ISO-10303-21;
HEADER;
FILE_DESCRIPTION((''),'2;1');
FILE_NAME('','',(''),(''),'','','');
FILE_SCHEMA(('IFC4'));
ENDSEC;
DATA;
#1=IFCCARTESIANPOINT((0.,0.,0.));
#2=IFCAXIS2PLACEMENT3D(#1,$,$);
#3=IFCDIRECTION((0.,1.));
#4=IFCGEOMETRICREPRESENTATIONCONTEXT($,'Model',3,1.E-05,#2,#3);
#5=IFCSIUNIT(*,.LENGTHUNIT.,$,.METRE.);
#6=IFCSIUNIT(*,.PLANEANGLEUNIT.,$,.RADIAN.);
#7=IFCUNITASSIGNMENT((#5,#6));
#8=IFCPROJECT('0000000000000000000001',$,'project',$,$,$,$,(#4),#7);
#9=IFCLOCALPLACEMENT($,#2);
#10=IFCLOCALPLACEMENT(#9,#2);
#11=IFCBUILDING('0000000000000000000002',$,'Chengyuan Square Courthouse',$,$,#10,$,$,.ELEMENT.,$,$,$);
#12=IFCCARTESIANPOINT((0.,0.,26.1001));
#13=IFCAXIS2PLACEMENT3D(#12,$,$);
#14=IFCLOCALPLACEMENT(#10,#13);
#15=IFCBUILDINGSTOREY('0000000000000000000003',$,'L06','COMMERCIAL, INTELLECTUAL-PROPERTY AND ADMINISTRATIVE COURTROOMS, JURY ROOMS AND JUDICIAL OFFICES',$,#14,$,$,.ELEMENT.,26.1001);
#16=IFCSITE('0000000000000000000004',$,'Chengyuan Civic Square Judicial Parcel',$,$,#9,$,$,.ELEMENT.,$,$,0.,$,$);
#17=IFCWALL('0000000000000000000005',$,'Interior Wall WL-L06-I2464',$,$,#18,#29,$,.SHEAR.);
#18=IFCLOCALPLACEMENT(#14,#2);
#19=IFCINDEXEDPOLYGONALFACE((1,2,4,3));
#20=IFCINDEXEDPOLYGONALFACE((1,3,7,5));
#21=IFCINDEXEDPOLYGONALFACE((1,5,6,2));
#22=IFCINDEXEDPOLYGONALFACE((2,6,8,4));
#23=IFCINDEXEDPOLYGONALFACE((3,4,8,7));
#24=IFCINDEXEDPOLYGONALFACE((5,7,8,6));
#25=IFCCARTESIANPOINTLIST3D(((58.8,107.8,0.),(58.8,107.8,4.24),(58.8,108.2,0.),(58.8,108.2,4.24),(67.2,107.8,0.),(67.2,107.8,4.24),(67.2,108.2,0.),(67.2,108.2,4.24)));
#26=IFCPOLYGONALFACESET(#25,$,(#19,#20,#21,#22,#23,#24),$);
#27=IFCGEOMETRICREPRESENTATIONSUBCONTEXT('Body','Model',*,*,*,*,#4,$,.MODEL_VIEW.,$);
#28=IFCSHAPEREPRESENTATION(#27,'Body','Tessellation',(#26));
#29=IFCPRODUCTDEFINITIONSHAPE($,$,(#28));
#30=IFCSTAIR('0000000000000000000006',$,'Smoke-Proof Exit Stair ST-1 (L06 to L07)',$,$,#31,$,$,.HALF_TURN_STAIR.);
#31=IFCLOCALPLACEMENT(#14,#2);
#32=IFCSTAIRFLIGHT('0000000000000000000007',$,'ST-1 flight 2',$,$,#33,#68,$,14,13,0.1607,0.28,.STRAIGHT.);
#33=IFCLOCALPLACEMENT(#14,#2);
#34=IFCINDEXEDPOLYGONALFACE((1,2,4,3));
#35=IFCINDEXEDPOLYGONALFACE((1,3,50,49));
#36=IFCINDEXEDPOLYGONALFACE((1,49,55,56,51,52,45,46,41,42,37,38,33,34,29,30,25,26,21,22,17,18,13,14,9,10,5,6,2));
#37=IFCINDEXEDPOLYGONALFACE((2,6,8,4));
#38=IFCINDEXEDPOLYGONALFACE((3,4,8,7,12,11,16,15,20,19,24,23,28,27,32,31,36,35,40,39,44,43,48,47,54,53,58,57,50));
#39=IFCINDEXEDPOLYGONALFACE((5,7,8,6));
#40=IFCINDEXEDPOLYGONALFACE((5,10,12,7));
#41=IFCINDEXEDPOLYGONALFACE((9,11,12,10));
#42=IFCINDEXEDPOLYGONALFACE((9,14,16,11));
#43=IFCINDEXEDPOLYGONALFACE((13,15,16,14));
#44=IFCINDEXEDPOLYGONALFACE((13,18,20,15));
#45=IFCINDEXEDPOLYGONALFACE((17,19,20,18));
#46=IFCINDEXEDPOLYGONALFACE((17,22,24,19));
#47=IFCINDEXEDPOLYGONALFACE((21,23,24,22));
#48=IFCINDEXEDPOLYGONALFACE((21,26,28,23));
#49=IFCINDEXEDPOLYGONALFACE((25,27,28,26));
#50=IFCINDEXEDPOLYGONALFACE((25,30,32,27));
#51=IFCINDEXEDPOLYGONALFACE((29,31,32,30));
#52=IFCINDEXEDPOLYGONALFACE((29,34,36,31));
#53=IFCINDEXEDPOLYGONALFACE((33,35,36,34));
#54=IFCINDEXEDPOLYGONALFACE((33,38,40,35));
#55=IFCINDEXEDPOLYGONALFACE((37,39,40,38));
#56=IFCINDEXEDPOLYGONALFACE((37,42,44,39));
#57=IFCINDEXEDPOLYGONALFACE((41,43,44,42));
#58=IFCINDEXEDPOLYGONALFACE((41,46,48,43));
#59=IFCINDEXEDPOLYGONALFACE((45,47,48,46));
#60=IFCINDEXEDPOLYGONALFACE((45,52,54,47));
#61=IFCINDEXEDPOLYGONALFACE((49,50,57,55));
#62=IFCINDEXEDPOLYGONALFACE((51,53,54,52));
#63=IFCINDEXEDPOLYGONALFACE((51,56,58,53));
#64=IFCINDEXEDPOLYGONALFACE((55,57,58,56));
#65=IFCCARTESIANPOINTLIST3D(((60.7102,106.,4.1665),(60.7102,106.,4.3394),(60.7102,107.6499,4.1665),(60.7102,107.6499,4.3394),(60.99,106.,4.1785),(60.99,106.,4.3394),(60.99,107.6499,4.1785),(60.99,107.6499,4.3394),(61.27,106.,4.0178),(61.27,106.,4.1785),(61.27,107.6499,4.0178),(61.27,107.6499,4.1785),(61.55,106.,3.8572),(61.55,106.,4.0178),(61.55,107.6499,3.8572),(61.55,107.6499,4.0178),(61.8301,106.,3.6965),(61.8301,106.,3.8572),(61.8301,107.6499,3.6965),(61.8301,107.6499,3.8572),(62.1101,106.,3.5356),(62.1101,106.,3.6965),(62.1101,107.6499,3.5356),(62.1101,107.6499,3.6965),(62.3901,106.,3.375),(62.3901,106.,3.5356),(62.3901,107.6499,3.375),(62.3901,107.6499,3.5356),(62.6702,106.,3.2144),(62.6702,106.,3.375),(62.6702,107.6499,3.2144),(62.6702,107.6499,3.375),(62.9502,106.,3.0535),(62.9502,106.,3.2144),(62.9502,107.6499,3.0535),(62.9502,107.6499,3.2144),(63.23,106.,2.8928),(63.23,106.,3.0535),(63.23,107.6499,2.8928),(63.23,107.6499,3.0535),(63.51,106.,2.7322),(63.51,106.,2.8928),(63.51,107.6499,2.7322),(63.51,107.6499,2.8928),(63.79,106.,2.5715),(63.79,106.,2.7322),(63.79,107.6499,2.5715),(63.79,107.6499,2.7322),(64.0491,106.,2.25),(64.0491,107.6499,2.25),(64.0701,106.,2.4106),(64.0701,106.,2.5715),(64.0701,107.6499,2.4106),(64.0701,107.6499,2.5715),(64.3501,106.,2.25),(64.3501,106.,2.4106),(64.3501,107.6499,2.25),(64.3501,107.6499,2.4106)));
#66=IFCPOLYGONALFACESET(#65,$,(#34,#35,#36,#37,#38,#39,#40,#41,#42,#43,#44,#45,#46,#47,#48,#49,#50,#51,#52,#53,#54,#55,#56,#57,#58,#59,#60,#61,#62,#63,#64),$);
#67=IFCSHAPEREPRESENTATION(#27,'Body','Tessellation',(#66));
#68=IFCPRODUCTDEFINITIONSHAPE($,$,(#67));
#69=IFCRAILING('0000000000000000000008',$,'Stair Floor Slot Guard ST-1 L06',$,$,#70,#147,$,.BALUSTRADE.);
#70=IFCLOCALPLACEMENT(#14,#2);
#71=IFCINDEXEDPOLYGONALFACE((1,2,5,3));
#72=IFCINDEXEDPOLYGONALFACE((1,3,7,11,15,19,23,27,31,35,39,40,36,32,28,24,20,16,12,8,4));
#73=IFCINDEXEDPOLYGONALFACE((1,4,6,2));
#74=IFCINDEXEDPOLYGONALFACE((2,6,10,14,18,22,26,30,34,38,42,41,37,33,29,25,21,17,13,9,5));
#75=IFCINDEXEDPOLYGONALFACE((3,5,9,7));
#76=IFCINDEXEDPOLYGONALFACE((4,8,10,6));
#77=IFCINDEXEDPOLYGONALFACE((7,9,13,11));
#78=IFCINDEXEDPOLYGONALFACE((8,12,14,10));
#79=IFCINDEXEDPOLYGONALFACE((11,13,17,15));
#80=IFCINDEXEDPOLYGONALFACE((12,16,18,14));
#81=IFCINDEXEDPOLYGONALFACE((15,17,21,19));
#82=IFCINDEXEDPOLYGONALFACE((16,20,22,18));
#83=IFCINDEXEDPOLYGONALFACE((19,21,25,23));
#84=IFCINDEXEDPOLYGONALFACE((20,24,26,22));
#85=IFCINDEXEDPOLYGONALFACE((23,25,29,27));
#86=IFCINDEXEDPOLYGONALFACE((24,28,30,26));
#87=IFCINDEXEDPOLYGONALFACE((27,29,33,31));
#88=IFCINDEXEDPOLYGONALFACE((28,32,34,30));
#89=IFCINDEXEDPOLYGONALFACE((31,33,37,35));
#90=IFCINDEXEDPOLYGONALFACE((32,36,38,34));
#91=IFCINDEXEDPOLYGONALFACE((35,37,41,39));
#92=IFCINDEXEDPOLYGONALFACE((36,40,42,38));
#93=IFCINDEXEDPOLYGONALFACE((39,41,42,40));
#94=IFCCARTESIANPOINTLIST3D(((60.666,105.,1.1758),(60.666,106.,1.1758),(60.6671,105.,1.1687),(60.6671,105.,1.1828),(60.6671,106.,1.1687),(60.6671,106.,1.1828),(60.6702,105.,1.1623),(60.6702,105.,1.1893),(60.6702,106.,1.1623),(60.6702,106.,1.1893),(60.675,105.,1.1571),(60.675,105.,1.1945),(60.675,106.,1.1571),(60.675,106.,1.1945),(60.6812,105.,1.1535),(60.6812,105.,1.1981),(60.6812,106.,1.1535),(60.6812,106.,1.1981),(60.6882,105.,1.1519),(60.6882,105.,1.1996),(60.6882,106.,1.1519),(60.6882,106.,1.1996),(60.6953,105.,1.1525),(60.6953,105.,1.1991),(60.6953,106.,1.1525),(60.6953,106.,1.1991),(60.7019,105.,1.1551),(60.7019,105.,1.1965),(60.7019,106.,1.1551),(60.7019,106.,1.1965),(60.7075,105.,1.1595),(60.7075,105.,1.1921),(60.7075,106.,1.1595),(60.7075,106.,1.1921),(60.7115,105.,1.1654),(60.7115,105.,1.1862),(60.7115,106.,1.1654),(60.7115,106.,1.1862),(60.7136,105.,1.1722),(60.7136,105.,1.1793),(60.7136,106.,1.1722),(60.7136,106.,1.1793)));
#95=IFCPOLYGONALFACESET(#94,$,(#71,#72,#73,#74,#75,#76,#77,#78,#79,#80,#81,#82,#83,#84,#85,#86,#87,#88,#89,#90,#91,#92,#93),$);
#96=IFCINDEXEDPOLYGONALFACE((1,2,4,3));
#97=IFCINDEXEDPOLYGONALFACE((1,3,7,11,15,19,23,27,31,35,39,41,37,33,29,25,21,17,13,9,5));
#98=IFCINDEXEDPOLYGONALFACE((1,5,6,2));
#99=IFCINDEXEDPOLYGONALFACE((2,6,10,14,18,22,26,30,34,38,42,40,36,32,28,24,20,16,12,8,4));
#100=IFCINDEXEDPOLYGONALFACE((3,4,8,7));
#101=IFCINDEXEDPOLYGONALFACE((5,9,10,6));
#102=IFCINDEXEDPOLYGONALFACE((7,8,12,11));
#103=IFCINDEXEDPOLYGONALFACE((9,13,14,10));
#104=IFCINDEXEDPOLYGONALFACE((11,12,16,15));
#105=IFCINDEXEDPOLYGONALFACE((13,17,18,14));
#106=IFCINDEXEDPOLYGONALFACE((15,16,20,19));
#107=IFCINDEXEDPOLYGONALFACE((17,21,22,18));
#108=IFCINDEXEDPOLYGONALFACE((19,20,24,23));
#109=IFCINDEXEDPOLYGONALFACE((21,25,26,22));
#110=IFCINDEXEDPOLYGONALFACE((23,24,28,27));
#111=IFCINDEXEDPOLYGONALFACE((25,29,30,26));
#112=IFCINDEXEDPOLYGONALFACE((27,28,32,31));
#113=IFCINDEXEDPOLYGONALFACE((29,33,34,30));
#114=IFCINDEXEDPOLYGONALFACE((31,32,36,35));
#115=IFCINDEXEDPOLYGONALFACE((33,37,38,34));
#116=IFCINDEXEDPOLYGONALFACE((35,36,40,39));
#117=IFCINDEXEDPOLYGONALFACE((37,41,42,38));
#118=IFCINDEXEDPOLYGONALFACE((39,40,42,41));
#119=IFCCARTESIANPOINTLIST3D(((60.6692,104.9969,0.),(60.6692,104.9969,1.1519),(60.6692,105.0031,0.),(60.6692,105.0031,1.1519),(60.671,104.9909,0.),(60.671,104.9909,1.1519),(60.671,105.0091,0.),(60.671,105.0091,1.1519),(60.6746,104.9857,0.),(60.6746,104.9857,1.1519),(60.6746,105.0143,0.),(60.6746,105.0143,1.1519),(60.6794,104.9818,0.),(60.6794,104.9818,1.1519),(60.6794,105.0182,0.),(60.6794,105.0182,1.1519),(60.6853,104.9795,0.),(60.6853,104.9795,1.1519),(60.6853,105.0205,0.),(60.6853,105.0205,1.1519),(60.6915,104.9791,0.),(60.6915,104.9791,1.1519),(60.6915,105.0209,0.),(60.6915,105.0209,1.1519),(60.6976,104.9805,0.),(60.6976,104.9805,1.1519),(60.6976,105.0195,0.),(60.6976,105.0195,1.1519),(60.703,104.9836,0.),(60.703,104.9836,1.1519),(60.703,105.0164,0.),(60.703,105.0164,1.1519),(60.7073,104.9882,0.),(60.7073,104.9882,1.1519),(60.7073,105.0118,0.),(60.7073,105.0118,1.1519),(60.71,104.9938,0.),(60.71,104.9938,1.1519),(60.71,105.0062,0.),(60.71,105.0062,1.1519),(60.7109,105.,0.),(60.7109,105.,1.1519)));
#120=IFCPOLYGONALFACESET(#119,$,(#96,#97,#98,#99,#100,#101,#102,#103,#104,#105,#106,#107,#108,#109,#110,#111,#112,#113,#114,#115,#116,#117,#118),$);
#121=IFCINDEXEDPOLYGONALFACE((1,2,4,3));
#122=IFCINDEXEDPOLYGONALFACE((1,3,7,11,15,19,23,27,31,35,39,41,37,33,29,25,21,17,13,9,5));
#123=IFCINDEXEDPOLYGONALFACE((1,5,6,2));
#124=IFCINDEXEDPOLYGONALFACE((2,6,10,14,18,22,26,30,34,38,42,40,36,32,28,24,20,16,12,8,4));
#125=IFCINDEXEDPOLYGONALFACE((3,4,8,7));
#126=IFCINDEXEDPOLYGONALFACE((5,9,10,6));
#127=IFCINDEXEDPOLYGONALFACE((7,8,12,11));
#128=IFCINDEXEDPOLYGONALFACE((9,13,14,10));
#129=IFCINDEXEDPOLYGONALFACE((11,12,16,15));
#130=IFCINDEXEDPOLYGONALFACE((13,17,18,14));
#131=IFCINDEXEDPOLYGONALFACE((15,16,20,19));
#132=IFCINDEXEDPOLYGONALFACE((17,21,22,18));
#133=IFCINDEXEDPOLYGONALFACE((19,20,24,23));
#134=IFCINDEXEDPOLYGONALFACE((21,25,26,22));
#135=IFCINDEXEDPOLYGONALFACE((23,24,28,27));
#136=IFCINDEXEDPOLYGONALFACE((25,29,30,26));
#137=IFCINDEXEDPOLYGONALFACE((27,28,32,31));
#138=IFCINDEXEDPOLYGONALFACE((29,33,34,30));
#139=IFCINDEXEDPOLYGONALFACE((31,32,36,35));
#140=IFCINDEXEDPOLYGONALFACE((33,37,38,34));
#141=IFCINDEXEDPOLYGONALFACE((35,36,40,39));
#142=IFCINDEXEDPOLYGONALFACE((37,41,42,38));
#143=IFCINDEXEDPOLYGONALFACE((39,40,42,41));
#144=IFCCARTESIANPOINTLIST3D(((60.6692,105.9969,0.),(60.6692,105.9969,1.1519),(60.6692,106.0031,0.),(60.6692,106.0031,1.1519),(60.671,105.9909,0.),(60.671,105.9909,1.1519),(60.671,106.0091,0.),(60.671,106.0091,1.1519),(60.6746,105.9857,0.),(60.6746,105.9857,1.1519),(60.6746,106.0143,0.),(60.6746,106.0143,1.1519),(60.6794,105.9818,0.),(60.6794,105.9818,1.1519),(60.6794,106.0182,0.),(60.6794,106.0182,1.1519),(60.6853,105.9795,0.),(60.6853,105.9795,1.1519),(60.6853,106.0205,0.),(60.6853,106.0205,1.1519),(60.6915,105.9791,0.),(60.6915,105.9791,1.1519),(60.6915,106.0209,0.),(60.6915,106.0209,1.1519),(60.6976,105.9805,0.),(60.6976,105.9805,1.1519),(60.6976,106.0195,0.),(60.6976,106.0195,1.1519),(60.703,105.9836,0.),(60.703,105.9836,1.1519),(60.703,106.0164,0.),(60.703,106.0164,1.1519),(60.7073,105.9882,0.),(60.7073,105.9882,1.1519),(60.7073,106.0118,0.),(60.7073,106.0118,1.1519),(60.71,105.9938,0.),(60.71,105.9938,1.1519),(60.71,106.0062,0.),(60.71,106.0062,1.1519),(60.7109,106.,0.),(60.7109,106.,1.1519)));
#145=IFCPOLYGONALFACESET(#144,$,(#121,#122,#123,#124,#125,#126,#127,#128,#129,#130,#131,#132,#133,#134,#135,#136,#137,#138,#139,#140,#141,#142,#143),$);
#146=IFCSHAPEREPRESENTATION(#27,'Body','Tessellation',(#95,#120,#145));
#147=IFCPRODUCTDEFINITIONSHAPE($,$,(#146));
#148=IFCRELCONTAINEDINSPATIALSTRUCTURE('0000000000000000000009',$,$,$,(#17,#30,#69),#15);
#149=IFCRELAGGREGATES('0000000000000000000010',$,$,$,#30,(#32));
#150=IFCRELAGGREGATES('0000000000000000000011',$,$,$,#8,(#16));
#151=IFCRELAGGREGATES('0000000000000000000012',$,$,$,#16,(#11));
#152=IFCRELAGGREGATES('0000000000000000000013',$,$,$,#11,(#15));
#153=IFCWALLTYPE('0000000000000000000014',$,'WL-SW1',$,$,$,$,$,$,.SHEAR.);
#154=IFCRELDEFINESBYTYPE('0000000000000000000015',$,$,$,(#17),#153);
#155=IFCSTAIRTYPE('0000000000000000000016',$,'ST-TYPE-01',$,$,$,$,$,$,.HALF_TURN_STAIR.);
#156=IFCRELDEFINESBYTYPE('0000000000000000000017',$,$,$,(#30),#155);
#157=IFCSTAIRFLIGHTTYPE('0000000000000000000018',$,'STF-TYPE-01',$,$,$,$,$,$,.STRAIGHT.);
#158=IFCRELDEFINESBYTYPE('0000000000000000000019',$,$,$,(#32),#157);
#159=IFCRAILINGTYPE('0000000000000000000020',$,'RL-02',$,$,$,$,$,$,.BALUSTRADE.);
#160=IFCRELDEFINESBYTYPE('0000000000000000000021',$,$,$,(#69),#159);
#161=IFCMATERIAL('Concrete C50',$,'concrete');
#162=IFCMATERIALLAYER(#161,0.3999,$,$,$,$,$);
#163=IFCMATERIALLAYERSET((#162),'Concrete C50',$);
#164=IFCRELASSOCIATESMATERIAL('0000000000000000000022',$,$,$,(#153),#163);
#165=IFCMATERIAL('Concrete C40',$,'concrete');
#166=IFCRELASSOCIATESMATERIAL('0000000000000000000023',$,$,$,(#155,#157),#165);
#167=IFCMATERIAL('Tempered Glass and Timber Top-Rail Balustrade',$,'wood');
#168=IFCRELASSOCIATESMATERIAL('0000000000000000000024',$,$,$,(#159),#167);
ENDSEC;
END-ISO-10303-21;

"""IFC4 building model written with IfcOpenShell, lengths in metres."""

from ifc_helpers import new_model, si_unit, direction, frame, frame_2d, origin, origin_2d, place, context, subcontext, project, spatial, polyline, rectangle, circle, outline, extrude, material, layer, layer_set, type_object, element, aggregate, save


model = new_model("IFC4")

# Units and contexts
model_context = context("Model", 3, precision=1e-05, world=origin(), true_north=direction((0.0, 1.0)))
body_context = subcontext(model_context, "Body", "Model", "MODEL_VIEW")
ifc_project = project(units=[si_unit("LENGTHUNIT", "METRE"), si_unit("PLANEANGLEUNIT", "RADIAN")], contexts=[model_context])

# Site, building, storey
site_placement = place(None, origin())
site = spatial("IfcSite", under=ifc_project, at=site_placement, Name="Chengyuan Civic Square Judicial Parcel", CompositionType="ELEMENT", RefElevation=0.0)
building_placement = place(site_placement, origin())
building = spatial("IfcBuilding", under=site, at=building_placement, Name="Chengyuan Square Courthouse", CompositionType="ELEMENT")
storey_placement = place(building_placement, frame((0.0, 0.0, 26.1001)))
storey = spatial("IfcBuildingStorey", under=building, at=storey_placement, Name="L06", Description="COMMERCIAL, INTELLECTUAL-PROPERTY AND ADMINISTRATIVE COURTROOMS, JURY ROOMS AND JUDICIAL OFFICES", CompositionType="ELEMENT", Elevation=26.1001)

# Shared definitions
ifc_material_1 = material(Name="Concrete C50", Category="concrete")

# Shared definitions
ifc_material_2 = material(Name="Concrete C40", Category="concrete")

# Wall
ifc_layer_1 = layer(ifc_material_1, 0.3999)
ifc_layer_set_1 = layer_set([ifc_layer_1], Name="Concrete C50")
wall_type_1 = type_object("IfcWallType", Name="WL-SW1", PredefinedType="SHEAR", material=ifc_layer_set_1)
wall_1_placement = place(storey_placement, frame((58.8, 108.0, 0.0), z_axis=(0.0, 0.0, 1.0), x_axis=(1.0, 0.0, 0.0)))
element("IfcWall", 1, at=wall_1_placement, inside=storey, type_object=wall_type_1, Name="Interior Wall WL-L06-I2464", PredefinedType="SHEAR", context=body_context, shape_type="SweptSolid", body=[
    extrude(rectangle(XDim=8.3999, YDim=0.3999, at=frame_2d((4.2, 0.0))), origin(), (0.0, 0.0, 1.0), 4.24),
])

# Stair, stair flight
stair_type = type_object("IfcStairType", Name="ST-TYPE-01", PredefinedType="HALF_TURN_STAIR", material=ifc_material_2)
stair_placement = place(storey_placement, origin())
stair = element("IfcStair", 2, at=stair_placement, inside=storey, type_object=stair_type, Name="Smoke-Proof Exit Stair ST-1 (L06 to L07)", PredefinedType="HALF_TURN_STAIR")
stair_flight_type = type_object("IfcStairFlightType", Name="STF-TYPE-01", PredefinedType="STRAIGHT", material=ifc_material_2)
stair_flight_placement = place(storey_placement, frame((64.3501, 106.825, 2.25), z_axis=(0.0, 0.0, 1.0), x_axis=(-1.0, 0.0, 0.0)))
stair_flight = element("IfcStairFlight", 3, at=stair_flight_placement, type_object=stair_flight_type, Name="ST-1 flight 2", NumberOfRisers=14, NumberOfTreads=13, PredefinedType="STRAIGHT", RiserHeight=0.1607, TreadLength=0.28, context=body_context, shape_type="SweptSolid", body=[
    extrude(outline(polyline([(0.0, 0.0), (0.0, 0.1606), (0.28, 0.1606), (0.28, 0.3215), (0.5601, 0.3215), (0.5601, 0.4822), (0.8401, 0.4822), (0.8401, 0.6428), (1.1201, 0.6428), (1.1201, 0.8035), (1.3999, 0.8035), (1.3999, 0.9644), (1.6799, 0.9644), (1.6799, 1.125), (1.96, 1.125), (1.96, 1.2856), (2.24, 1.2856), (2.24, 1.4465), (2.52, 1.4465), (2.52, 1.6072), (2.8, 1.6072), (2.8, 1.7678), (3.0801, 1.7678), (3.0801, 1.9285), (3.3601, 1.9285), (3.3601, 2.0894), (3.6399, 2.0894), (3.6399, 2.25), (3.6399, 1.9165), (0.301, 0.0), (0.0, 0.0)])), frame((0.0, 0.825, 0.0), z_axis=(0.0, -1.0, 0.0), x_axis=(1.0, 0.0, 0.0)), (0.0, 0.0, 1.0), 1.6499),
])
aggregate(stair, [stair_flight])

# Railing
ifc_material_3 = material(Name="Tempered Glass and Timber Top-Rail Balustrade", Category="wood")
railing_type_1 = type_object("IfcRailingType", Name="RL-02", PredefinedType="BALUSTRADE", material=ifc_material_3)
for number, where, name in (
    (4, (60.6899, 105.0, 0.0), "Stair Floor Slot Guard ST-1 L06"),
):
    element("IfcRailing", number, at=place(storey_placement, frame(where)), inside=storey, type_object=railing_type_1, Name=name, PredefinedType="BALUSTRADE", context=body_context, shape_type="SweptSolid", body=[
        extrude(circle(Radius=0.0239, at=origin_2d()), frame((0.0, 0.0, 1.1758), z_axis=(0.0, 1.0, 0.0), x_axis=(-1.0, 0.0, 0.0)), (0.0, 0.0, 1.0), 1.0),
        extrude(circle(Radius=0.021, at=origin_2d()), origin(), (0.0, 0.0, 1.0), 1.1519),
        extrude(circle(Radius=0.021, at=origin_2d()), frame((0.0, 1.0, 0.0)), (0.0, 0.0, 1.0), 1.1519),
    ])

save(model, "model.ifc")
